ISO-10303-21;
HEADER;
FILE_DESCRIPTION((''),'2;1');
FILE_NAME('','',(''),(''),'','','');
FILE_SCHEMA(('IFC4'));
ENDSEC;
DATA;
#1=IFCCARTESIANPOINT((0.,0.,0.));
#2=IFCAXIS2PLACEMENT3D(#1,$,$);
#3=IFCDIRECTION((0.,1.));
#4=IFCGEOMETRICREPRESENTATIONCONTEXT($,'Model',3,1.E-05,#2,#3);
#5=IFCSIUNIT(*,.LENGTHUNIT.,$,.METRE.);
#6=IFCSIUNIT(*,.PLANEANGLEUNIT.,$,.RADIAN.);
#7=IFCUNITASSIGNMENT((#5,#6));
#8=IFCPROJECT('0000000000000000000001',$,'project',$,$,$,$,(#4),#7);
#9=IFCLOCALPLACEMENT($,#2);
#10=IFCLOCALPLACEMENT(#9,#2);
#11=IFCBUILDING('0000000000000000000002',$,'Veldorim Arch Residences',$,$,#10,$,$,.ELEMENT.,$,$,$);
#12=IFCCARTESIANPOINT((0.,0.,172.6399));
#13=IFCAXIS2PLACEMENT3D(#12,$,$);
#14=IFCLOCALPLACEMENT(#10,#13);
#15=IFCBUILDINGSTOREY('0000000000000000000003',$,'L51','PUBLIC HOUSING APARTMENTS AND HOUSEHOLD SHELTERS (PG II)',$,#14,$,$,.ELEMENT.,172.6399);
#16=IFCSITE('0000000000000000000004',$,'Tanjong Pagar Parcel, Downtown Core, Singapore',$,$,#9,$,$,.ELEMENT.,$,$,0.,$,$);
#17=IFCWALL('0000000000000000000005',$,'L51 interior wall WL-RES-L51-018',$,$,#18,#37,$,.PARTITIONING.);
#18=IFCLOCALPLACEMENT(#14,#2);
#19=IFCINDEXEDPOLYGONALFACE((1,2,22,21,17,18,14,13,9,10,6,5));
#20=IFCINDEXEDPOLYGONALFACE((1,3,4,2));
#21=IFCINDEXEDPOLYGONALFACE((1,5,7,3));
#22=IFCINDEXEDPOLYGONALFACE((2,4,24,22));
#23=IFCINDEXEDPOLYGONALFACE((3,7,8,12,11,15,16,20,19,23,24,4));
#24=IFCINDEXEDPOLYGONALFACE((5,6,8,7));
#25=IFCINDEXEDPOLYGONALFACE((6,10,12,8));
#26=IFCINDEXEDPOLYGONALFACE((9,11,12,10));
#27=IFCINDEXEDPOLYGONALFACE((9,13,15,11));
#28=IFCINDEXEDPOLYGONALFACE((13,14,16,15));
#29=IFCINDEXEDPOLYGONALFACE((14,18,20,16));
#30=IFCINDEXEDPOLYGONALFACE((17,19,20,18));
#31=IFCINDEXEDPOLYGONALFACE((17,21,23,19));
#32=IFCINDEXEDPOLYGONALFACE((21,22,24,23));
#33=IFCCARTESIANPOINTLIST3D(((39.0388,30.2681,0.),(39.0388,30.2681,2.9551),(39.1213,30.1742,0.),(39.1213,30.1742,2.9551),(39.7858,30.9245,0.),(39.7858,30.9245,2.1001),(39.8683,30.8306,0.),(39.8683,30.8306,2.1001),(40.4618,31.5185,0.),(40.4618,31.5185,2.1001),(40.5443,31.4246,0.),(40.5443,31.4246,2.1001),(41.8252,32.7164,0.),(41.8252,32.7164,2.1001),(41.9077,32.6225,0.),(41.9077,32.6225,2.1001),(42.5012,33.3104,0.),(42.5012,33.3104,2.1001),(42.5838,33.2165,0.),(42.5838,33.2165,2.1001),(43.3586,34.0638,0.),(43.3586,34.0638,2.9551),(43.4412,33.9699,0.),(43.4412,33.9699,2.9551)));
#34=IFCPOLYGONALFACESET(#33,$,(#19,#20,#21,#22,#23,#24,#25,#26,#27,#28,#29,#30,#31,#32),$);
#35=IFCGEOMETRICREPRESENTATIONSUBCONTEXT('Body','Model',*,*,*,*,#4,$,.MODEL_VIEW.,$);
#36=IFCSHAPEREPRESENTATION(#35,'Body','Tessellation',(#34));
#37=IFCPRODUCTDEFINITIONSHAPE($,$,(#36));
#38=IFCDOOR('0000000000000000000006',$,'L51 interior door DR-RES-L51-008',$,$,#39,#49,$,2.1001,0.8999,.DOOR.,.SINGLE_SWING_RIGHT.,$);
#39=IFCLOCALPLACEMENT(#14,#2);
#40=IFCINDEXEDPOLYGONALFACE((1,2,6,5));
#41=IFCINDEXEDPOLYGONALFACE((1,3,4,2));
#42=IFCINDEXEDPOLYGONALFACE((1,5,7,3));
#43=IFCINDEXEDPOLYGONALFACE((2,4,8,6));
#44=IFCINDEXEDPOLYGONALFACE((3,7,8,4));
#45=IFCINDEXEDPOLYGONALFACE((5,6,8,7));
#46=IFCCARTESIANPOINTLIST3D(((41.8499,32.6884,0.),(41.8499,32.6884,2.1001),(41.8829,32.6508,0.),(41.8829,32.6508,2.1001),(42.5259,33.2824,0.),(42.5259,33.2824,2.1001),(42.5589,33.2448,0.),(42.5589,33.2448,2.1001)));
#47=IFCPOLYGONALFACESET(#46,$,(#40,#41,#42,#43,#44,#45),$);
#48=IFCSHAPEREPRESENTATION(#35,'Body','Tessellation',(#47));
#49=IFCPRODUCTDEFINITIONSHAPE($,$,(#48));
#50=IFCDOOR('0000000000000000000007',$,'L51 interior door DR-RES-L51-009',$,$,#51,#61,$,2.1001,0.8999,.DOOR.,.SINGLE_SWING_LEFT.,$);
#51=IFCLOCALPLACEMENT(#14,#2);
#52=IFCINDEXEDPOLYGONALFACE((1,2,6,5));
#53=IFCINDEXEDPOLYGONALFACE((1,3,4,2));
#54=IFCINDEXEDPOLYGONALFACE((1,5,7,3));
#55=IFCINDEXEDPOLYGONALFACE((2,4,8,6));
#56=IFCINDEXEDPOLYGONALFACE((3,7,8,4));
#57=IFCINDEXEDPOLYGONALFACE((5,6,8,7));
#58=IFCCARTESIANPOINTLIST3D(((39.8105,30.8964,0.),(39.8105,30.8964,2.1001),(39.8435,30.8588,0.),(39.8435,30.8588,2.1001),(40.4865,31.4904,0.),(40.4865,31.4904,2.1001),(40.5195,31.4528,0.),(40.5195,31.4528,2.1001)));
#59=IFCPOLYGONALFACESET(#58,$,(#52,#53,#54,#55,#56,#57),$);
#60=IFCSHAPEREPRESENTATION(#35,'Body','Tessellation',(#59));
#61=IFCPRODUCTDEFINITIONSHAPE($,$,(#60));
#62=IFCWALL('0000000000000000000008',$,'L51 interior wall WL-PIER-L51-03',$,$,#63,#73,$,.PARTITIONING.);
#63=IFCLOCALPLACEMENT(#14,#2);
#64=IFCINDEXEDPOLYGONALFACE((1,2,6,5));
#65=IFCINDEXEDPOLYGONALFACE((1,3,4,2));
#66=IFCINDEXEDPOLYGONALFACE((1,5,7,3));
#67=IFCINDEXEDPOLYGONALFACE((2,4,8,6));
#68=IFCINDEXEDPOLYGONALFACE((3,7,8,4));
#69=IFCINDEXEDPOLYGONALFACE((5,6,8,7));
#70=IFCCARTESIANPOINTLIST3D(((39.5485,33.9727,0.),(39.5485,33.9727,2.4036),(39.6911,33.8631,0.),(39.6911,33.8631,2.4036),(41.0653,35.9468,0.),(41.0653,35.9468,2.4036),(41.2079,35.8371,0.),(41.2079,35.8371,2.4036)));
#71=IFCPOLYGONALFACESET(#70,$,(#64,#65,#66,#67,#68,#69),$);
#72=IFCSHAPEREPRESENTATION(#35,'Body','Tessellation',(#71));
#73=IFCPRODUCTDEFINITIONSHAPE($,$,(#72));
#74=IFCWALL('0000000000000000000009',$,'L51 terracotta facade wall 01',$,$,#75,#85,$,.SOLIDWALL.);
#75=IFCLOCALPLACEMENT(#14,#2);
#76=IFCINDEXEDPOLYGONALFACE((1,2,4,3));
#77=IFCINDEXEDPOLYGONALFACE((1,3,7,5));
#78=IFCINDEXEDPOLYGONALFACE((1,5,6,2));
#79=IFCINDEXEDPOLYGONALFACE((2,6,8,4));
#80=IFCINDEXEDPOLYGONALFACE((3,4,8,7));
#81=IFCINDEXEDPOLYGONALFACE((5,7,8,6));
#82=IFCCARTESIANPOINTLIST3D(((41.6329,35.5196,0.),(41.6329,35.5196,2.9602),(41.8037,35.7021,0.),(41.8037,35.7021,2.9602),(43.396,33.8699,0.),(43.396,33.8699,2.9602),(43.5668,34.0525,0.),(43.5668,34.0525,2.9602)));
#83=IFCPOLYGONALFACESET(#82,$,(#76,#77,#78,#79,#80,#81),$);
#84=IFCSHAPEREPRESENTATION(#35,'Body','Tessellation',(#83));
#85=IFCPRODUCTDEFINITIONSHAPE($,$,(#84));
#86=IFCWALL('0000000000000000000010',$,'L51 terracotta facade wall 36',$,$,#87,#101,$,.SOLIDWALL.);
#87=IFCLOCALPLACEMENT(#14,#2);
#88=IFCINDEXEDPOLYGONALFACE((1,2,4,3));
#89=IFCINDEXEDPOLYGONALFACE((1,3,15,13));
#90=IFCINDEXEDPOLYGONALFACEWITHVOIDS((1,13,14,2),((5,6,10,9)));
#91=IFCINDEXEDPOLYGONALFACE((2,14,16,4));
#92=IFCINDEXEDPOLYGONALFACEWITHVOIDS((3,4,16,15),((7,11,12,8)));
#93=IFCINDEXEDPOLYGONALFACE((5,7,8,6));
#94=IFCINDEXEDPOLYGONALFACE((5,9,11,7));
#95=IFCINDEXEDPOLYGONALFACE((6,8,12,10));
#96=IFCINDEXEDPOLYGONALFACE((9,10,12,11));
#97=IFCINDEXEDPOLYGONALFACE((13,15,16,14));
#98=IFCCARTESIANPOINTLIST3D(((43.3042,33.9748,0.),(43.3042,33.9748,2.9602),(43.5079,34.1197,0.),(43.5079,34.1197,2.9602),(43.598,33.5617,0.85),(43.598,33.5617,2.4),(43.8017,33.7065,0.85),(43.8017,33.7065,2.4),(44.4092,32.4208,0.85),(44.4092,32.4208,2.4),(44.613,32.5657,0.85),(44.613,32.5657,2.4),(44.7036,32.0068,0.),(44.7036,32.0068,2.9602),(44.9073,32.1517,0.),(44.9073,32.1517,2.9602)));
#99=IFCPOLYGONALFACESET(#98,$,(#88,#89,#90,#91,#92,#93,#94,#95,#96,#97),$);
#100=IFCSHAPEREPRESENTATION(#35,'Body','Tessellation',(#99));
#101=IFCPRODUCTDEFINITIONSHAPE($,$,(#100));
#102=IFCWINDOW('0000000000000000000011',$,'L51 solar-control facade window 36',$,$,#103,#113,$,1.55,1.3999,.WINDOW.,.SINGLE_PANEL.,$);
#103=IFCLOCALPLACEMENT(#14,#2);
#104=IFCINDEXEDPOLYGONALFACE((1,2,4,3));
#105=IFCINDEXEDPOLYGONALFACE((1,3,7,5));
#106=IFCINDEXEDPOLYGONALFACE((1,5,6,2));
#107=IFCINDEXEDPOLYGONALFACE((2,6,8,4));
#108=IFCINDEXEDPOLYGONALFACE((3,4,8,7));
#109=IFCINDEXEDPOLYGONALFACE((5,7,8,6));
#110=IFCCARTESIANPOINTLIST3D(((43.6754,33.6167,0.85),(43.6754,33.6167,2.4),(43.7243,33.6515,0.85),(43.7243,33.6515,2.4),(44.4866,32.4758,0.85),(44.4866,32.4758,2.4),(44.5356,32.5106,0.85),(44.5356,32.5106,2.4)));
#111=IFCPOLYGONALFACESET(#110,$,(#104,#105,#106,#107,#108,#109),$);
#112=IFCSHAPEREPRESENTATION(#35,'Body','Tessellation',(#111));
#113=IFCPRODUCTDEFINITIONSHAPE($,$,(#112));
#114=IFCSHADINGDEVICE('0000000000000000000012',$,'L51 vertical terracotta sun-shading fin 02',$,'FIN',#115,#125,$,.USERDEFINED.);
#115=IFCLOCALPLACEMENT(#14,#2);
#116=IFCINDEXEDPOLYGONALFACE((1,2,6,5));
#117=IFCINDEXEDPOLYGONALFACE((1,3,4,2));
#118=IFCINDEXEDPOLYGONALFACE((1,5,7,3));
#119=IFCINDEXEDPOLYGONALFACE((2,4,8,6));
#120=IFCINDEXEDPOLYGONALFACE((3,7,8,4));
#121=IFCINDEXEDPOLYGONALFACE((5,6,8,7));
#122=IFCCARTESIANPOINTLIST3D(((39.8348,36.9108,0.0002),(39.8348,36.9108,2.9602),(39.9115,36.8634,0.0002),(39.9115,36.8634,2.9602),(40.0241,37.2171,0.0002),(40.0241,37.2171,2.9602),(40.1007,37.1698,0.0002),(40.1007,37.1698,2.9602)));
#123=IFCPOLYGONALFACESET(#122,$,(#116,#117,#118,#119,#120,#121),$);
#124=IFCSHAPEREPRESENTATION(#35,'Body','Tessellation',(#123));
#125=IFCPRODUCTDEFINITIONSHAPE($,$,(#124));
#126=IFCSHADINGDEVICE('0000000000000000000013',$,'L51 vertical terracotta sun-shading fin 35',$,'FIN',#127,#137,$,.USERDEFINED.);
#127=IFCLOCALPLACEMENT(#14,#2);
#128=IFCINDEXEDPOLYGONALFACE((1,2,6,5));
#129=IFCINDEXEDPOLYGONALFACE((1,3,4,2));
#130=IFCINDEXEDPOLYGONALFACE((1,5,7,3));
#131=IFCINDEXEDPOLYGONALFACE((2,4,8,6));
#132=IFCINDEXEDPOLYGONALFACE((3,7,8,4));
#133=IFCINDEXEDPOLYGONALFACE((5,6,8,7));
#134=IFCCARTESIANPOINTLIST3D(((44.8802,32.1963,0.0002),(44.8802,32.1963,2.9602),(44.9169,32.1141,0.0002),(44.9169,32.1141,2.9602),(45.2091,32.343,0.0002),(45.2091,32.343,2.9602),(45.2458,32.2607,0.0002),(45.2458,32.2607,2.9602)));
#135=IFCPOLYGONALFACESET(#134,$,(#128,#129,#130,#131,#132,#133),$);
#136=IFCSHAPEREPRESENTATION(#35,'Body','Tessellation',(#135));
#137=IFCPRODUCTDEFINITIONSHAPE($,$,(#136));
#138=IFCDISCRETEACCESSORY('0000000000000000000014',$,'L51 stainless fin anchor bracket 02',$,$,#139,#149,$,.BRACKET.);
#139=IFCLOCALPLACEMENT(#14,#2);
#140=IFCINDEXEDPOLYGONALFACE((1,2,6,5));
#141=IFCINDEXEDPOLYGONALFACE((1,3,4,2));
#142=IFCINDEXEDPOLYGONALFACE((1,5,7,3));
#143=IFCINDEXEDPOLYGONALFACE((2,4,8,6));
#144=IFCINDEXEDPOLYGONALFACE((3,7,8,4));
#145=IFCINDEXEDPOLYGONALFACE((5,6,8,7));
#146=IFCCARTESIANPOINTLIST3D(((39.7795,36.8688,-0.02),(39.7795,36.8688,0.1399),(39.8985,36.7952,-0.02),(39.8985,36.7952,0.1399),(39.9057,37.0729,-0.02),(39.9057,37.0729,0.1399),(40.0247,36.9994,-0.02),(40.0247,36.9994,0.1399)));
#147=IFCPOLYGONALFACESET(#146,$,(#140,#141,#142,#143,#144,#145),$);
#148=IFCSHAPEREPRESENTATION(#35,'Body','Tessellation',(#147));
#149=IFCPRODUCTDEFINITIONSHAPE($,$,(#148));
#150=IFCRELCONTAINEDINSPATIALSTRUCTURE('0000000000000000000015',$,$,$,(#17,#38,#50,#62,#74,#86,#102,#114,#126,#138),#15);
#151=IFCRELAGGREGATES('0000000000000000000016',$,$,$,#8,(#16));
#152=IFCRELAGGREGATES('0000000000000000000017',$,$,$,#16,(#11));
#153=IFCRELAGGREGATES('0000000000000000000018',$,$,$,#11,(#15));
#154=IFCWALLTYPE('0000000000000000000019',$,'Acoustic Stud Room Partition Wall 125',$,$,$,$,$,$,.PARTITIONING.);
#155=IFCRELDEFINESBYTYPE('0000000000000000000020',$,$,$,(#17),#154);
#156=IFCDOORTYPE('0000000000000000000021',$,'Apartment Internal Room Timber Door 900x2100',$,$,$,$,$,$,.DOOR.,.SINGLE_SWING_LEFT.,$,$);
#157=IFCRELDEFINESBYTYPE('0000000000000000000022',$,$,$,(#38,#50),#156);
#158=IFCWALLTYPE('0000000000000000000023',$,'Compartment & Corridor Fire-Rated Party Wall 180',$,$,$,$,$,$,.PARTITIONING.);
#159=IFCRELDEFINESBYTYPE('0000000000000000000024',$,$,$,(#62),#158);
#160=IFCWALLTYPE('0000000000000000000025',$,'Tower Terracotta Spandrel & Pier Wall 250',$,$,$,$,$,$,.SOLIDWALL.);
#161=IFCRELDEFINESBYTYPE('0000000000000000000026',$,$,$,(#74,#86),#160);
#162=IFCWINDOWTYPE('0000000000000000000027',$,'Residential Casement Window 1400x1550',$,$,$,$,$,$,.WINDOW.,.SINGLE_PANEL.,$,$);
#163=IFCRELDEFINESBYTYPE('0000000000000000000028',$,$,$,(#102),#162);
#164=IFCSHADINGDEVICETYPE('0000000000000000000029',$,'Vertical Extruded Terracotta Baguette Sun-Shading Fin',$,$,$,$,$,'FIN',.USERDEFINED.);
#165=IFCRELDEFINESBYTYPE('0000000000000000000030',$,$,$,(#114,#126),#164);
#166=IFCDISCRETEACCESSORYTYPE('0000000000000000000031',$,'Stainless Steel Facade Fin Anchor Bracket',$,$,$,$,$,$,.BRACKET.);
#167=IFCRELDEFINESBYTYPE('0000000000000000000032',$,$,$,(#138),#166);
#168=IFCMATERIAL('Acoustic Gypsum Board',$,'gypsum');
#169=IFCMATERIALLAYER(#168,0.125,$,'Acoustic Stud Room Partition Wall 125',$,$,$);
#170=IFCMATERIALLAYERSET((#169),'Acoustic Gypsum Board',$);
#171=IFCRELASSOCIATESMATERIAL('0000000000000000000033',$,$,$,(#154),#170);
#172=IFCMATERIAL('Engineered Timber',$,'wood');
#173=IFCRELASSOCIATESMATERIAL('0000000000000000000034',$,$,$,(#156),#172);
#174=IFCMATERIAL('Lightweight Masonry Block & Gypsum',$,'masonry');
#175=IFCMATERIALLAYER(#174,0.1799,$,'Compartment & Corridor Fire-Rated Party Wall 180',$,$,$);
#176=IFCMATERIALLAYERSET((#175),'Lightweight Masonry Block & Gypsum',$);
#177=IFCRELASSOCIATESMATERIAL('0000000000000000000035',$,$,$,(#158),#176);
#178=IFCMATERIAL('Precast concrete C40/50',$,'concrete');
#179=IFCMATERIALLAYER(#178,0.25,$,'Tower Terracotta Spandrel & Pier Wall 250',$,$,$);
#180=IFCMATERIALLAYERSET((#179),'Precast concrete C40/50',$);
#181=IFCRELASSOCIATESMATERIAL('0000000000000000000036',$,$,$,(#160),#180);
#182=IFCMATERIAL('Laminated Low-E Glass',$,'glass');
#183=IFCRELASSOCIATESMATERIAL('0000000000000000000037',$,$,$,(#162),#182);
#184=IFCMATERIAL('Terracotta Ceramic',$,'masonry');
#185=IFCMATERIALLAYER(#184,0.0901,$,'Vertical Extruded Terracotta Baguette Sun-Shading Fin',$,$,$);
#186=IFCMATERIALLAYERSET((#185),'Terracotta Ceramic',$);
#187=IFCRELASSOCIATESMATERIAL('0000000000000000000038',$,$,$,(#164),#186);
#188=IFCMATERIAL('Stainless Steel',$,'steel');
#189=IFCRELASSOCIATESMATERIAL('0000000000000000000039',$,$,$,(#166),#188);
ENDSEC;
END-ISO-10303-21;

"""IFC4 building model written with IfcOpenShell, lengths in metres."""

from ifc_helpers import new_model, si_unit, direction, frame, frame_2d, origin, origin_2d, place, context, subcontext, project, spatial, rectangle, extrude, material, layer, layer_set, type_object, element, fill, save


model = new_model("IFC4")

# Units and contexts
model_context = context("Model", 3, precision=1e-05, world=origin(), true_north=direction((0.0, 1.0)))
body_context = subcontext(model_context, "Body", "Model", "MODEL_VIEW")
ifc_project = project(units=[si_unit("LENGTHUNIT", "METRE"), si_unit("PLANEANGLEUNIT", "RADIAN")], contexts=[model_context])

# Site, building, storey
site_placement = place(None, origin())
site = spatial("IfcSite", under=ifc_project, at=site_placement, Name="Tanjong Pagar Parcel, Downtown Core, Singapore", CompositionType="ELEMENT", RefElevation=0.0)
building_placement = place(site_placement, origin())
building = spatial("IfcBuilding", under=site, at=building_placement, Name="Veldorim Arch Residences", CompositionType="ELEMENT")
storey_placement = place(building_placement, frame((0.0, 0.0, 172.6399)))
storey = spatial("IfcBuildingStorey", under=building, at=storey_placement, Name="L51", Description="PUBLIC HOUSING APARTMENTS AND HOUSEHOLD SHELTERS (PG II)", CompositionType="ELEMENT", Elevation=172.6399)

# Wall, openings, doors
ifc_material_1 = material(Name="Acoustic Gypsum Board", Category="gypsum")
ifc_layer_1 = layer(ifc_material_1, 0.125, Name="Acoustic Stud Room Partition Wall 125")
ifc_layer_set_1 = layer_set([ifc_layer_1], Name="Acoustic Gypsum Board")
wall_type_1 = type_object("IfcWallType", Name="Acoustic Stud Room Partition Wall 125", PredefinedType="PARTITIONING", material=ifc_layer_set_1)
wall_1_placement = place(storey_placement, frame((43.3999, 34.0168, 0.0), z_axis=(0.0, 0.0, 1.0), x_axis=(-0.751213, -0.66006, 0.0)))
wall_1 = element("IfcWall", 1, at=wall_1_placement, inside=storey, type_object=wall_type_1, Name="L51 interior wall WL-RES-L51-018", PredefinedType="PARTITIONING", context=body_context, shape_type="SweptSolid", body=[
    extrude(rectangle(XDim=5.7505, YDim=0.125, at=frame_2d((2.8752, 0.0))), origin(), (0.0, 0.0, 1.0), 2.9551),
])
opening_1_placement = place(wall_1_placement, frame((1.1414, 0.0, 0.0)))
opening_1 = element("IfcOpeningElement", 2, at=opening_1_placement, cuts=wall_1, PredefinedType="OPENING", context=body_context, shape_type="SweptSolid", body=[
    extrude(rectangle(XDim=0.8999, YDim=2.1001, at=frame_2d((0.45, 1.05))), frame((0.0, 0.0725, 0.0), z_axis=(0.0, -1.0, 0.0), x_axis=(1.0, 0.0, 0.0)), (0.0, 0.0, 1.0), 0.145),
])
opening_2_placement = place(wall_1_placement, frame((3.8562, 0.0, 0.0)))
opening_2 = element("IfcOpeningElement", 3, at=opening_2_placement, cuts=wall_1, PredefinedType="OPENING", context=body_context, shape_type="SweptSolid", body=[
    extrude(rectangle(XDim=0.8999, YDim=2.1001, at=frame_2d((0.45, 1.05))), frame((0.0, 0.0725, 0.0), z_axis=(0.0, -1.0, 0.0), x_axis=(1.0, 0.0, 0.0)), (0.0, 0.0, 1.0), 0.145),
])
ifc_material_2 = material(Name="Engineered Timber", Category="wood")
door_type = type_object("IfcDoorType", Name="Apartment Internal Room Timber Door 900x2100", OperationType="SINGLE_SWING_LEFT", PredefinedType="DOOR", material=ifc_material_2)
door_1_placement = place(opening_1_placement, origin())
door_1 = element("IfcDoor", 4, at=door_1_placement, inside=storey, type_object=door_type, Name="L51 interior door DR-RES-L51-008", OperationType="SINGLE_SWING_RIGHT", OverallHeight=2.1001, OverallWidth=0.8999, PredefinedType="DOOR", context=body_context, shape_type="SweptSolid", body=[
    extrude(rectangle(XDim=0.8999, YDim=2.1001, at=frame_2d((0.45, 1.05))), frame((0.0, 0.0249, 0.0), z_axis=(0.0, -1.0, 0.0), x_axis=(1.0, 0.0, 0.0)), (0.0, 0.0, 1.0), 0.05),
])
fill(opening_1, door_1)
door_2_placement = place(opening_2_placement, origin())
door_2 = element("IfcDoor", 5, at=door_2_placement, inside=storey, type_object=door_type, Name="L51 interior door DR-RES-L51-009", OperationType="SINGLE_SWING_LEFT", OverallHeight=2.1001, OverallWidth=0.8999, PredefinedType="DOOR", context=body_context, shape_type="SweptSolid", body=[
    extrude(rectangle(XDim=0.8999, YDim=2.1001, at=frame_2d((0.45, 1.05))), frame((0.0, 0.0249, 0.0), z_axis=(0.0, -1.0, 0.0), x_axis=(1.0, 0.0, 0.0)), (0.0, 0.0, 1.0), 0.05),
])
fill(opening_2, door_2)

# Walls
ifc_material_3 = material(Name="Lightweight Masonry Block & Gypsum", Category="masonry")
ifc_layer_2 = layer(ifc_material_3, 0.1799, Name="Compartment & Corridor Fire-Rated Party Wall 180")
ifc_layer_set_2 = layer_set([ifc_layer_2], Name="Lightweight Masonry Block & Gypsum")
wall_type_2 = type_object("IfcWallType", Name="Compartment & Corridor Fire-Rated Party Wall 180", PredefinedType="PARTITIONING", material=ifc_layer_set_2)
wall_2_placement = place(storey_placement, frame((39.6199, 33.918, 0.0), z_axis=(0.0, 0.0, 1.0), x_axis=(0.609279, 0.792956, 0.0)))
element("IfcWall", 6, at=wall_2_placement, inside=storey, type_object=wall_type_2, Name="L51 interior wall WL-PIER-L51-03", PredefinedType="PARTITIONING", context=body_context, shape_type="SweptSolid", body=[
    extrude(rectangle(XDim=2.4895, YDim=0.1799, at=frame_2d((1.2446, 0.0))), origin(), (0.0, 0.0, 1.0), 2.4036),
])
ifc_material_4 = material(Name="Precast concrete C40/50", Category="concrete")
ifc_layer_3 = layer(ifc_material_4, 0.25, Name="Tower Terracotta Spandrel & Pier Wall 250")
ifc_layer_set_3 = layer_set([ifc_layer_3], Name="Precast concrete C40/50")
wall_type_3 = type_object("IfcWallType", Name="Tower Terracotta Spandrel & Pier Wall 250", PredefinedType="SOLIDWALL", material=ifc_layer_set_3)
wall_3_placement = place(storey_placement, frame((41.7183, 35.6108, 0.0), z_axis=(0.0, 0.0, 1.0), x_axis=(0.730224, -0.683208, 0.0)))
element("IfcWall", 7, at=wall_3_placement, inside=storey, type_object=wall_type_3, Name="L51 terracotta facade wall 01", PredefinedType="SOLIDWALL", context=body_context, shape_type="SweptSolid", body=[
    extrude(rectangle(XDim=2.4146, YDim=0.25, at=frame_2d((1.2073, 0.0))), origin(), (0.0, 0.0, 1.0), 2.9602),
])

# Wall, opening, window
wall_4_placement = place(storey_placement, frame((43.406, 34.0474, 0.0), z_axis=(0.0, 0.0, 1.0), x_axis=(0.579506, -0.814968, 0.0)))
wall_4 = element("IfcWall", 8, at=wall_4_placement, inside=storey, type_object=wall_type_3, Name="L51 terracotta facade wall 36", PredefinedType="SOLIDWALL", context=body_context, shape_type="SweptSolid", body=[
    extrude(rectangle(XDim=2.4148, YDim=0.25, at=frame_2d((1.2075, 0.0))), origin(), (0.0, 0.0, 1.0), 2.9602),
])
opening_3_placement = place(wall_4_placement, frame((0.5071, 0.0, 0.8501)))
opening_3 = element("IfcOpeningElement", 9, at=opening_3_placement, cuts=wall_4, PredefinedType="OPENING", context=body_context, shape_type="SweptSolid", body=[
    extrude(rectangle(XDim=1.3999, YDim=1.55, at=frame_2d((0.7, 0.7749))), frame((0.0, 0.135, 0.0), z_axis=(0.0, -1.0, 0.0), x_axis=(1.0, 0.0, 0.0)), (0.0, 0.0, 1.0), 0.27),
])
ifc_material_5 = material(Name="Laminated Low-E Glass", Category="glass")
window_type = type_object("IfcWindowType", Name="Residential Casement Window 1400x1550", PartitioningType="SINGLE_PANEL", PredefinedType="WINDOW", material=ifc_material_5)
window_placement = place(opening_3_placement, origin())
window = element("IfcWindow", 10, at=window_placement, inside=storey, type_object=window_type, Name="L51 solar-control facade window 36", OverallHeight=1.55, OverallWidth=1.3999, PartitioningType="SINGLE_PANEL", PredefinedType="WINDOW", context=body_context, shape_type="SweptSolid", body=[
    extrude(rectangle(XDim=1.3999, YDim=1.55, at=frame_2d((0.7, 0.7749))), frame((0.0, 0.03, 0.0), z_axis=(0.0, -1.0, 0.0), x_axis=(1.0, 0.0, 0.0)), (0.0, 0.0, 1.0), 0.0601),
])
fill(opening_3, window)

# Shading devices
ifc_material_6 = material(Name="Terracotta Ceramic", Category="masonry")
ifc_layer_4 = layer(ifc_material_6, 0.0901, Name="Vertical Extruded Terracotta Baguette Sun-Shading Fin")
ifc_layer_set_4 = layer_set([ifc_layer_4], Name="Terracotta Ceramic")
shading_device_type = type_object("IfcShadingDeviceType", Name="Vertical Extruded Terracotta Baguette Sun-Shading Fin", ElementType="FIN", PredefinedType="USERDEFINED", material=ifc_layer_set_4)
for number, where, z_axis, x_axis, name in (
    (11, (39.9678, 37.0403, 0.0002), (0.0, 0.0, 1.0), (0.850719, -0.52562, 0.0), "L51 vertical terracotta sun-shading fin 02"),
    (12, (45.063, 32.2285, 0.0002), (0.0, 0.0, 1.0), (0.407215, -0.913332, 0.0), "L51 vertical terracotta sun-shading fin 35"),
):
    element("IfcShadingDevice", number, at=place(storey_placement, frame(where, z_axis=z_axis, x_axis=x_axis)), inside=storey, type_object=shading_device_type, Name=name, ObjectType="FIN", PredefinedType="USERDEFINED", context=body_context, shape_type="SweptSolid", body=[
        extrude(rectangle(XDim=0.0901, YDim=0.3601, at=origin_2d()), origin(), (0.0, 0.0, 1.0), 2.96),
    ])

# Discrete accessory
ifc_material_7 = material(Name="Stainless Steel", Category="steel")
discrete_accessory_type = type_object("IfcDiscreteAccessoryType", Name="Stainless Steel Facade Fin Anchor Bracket", PredefinedType="BRACKET", material=ifc_material_7)
discrete_accessory_placement = place(storey_placement, frame((39.9021, 36.9341, -0.02), z_axis=(0.0, 0.0, 1.0), x_axis=(0.850719, -0.52562, 0.0)))
element("IfcDiscreteAccessory", 13, at=discrete_accessory_placement, inside=storey, type_object=discrete_accessory_type, Name="L51 stainless fin anchor bracket 02", PredefinedType="BRACKET", context=body_context, shape_type="SweptSolid", body=[
    extrude(rectangle(XDim=0.1399, YDim=0.24, at=origin_2d()), origin(), (0.0, 0.0, 1.0), 0.1599),
])

save(model, "model.ifc")
